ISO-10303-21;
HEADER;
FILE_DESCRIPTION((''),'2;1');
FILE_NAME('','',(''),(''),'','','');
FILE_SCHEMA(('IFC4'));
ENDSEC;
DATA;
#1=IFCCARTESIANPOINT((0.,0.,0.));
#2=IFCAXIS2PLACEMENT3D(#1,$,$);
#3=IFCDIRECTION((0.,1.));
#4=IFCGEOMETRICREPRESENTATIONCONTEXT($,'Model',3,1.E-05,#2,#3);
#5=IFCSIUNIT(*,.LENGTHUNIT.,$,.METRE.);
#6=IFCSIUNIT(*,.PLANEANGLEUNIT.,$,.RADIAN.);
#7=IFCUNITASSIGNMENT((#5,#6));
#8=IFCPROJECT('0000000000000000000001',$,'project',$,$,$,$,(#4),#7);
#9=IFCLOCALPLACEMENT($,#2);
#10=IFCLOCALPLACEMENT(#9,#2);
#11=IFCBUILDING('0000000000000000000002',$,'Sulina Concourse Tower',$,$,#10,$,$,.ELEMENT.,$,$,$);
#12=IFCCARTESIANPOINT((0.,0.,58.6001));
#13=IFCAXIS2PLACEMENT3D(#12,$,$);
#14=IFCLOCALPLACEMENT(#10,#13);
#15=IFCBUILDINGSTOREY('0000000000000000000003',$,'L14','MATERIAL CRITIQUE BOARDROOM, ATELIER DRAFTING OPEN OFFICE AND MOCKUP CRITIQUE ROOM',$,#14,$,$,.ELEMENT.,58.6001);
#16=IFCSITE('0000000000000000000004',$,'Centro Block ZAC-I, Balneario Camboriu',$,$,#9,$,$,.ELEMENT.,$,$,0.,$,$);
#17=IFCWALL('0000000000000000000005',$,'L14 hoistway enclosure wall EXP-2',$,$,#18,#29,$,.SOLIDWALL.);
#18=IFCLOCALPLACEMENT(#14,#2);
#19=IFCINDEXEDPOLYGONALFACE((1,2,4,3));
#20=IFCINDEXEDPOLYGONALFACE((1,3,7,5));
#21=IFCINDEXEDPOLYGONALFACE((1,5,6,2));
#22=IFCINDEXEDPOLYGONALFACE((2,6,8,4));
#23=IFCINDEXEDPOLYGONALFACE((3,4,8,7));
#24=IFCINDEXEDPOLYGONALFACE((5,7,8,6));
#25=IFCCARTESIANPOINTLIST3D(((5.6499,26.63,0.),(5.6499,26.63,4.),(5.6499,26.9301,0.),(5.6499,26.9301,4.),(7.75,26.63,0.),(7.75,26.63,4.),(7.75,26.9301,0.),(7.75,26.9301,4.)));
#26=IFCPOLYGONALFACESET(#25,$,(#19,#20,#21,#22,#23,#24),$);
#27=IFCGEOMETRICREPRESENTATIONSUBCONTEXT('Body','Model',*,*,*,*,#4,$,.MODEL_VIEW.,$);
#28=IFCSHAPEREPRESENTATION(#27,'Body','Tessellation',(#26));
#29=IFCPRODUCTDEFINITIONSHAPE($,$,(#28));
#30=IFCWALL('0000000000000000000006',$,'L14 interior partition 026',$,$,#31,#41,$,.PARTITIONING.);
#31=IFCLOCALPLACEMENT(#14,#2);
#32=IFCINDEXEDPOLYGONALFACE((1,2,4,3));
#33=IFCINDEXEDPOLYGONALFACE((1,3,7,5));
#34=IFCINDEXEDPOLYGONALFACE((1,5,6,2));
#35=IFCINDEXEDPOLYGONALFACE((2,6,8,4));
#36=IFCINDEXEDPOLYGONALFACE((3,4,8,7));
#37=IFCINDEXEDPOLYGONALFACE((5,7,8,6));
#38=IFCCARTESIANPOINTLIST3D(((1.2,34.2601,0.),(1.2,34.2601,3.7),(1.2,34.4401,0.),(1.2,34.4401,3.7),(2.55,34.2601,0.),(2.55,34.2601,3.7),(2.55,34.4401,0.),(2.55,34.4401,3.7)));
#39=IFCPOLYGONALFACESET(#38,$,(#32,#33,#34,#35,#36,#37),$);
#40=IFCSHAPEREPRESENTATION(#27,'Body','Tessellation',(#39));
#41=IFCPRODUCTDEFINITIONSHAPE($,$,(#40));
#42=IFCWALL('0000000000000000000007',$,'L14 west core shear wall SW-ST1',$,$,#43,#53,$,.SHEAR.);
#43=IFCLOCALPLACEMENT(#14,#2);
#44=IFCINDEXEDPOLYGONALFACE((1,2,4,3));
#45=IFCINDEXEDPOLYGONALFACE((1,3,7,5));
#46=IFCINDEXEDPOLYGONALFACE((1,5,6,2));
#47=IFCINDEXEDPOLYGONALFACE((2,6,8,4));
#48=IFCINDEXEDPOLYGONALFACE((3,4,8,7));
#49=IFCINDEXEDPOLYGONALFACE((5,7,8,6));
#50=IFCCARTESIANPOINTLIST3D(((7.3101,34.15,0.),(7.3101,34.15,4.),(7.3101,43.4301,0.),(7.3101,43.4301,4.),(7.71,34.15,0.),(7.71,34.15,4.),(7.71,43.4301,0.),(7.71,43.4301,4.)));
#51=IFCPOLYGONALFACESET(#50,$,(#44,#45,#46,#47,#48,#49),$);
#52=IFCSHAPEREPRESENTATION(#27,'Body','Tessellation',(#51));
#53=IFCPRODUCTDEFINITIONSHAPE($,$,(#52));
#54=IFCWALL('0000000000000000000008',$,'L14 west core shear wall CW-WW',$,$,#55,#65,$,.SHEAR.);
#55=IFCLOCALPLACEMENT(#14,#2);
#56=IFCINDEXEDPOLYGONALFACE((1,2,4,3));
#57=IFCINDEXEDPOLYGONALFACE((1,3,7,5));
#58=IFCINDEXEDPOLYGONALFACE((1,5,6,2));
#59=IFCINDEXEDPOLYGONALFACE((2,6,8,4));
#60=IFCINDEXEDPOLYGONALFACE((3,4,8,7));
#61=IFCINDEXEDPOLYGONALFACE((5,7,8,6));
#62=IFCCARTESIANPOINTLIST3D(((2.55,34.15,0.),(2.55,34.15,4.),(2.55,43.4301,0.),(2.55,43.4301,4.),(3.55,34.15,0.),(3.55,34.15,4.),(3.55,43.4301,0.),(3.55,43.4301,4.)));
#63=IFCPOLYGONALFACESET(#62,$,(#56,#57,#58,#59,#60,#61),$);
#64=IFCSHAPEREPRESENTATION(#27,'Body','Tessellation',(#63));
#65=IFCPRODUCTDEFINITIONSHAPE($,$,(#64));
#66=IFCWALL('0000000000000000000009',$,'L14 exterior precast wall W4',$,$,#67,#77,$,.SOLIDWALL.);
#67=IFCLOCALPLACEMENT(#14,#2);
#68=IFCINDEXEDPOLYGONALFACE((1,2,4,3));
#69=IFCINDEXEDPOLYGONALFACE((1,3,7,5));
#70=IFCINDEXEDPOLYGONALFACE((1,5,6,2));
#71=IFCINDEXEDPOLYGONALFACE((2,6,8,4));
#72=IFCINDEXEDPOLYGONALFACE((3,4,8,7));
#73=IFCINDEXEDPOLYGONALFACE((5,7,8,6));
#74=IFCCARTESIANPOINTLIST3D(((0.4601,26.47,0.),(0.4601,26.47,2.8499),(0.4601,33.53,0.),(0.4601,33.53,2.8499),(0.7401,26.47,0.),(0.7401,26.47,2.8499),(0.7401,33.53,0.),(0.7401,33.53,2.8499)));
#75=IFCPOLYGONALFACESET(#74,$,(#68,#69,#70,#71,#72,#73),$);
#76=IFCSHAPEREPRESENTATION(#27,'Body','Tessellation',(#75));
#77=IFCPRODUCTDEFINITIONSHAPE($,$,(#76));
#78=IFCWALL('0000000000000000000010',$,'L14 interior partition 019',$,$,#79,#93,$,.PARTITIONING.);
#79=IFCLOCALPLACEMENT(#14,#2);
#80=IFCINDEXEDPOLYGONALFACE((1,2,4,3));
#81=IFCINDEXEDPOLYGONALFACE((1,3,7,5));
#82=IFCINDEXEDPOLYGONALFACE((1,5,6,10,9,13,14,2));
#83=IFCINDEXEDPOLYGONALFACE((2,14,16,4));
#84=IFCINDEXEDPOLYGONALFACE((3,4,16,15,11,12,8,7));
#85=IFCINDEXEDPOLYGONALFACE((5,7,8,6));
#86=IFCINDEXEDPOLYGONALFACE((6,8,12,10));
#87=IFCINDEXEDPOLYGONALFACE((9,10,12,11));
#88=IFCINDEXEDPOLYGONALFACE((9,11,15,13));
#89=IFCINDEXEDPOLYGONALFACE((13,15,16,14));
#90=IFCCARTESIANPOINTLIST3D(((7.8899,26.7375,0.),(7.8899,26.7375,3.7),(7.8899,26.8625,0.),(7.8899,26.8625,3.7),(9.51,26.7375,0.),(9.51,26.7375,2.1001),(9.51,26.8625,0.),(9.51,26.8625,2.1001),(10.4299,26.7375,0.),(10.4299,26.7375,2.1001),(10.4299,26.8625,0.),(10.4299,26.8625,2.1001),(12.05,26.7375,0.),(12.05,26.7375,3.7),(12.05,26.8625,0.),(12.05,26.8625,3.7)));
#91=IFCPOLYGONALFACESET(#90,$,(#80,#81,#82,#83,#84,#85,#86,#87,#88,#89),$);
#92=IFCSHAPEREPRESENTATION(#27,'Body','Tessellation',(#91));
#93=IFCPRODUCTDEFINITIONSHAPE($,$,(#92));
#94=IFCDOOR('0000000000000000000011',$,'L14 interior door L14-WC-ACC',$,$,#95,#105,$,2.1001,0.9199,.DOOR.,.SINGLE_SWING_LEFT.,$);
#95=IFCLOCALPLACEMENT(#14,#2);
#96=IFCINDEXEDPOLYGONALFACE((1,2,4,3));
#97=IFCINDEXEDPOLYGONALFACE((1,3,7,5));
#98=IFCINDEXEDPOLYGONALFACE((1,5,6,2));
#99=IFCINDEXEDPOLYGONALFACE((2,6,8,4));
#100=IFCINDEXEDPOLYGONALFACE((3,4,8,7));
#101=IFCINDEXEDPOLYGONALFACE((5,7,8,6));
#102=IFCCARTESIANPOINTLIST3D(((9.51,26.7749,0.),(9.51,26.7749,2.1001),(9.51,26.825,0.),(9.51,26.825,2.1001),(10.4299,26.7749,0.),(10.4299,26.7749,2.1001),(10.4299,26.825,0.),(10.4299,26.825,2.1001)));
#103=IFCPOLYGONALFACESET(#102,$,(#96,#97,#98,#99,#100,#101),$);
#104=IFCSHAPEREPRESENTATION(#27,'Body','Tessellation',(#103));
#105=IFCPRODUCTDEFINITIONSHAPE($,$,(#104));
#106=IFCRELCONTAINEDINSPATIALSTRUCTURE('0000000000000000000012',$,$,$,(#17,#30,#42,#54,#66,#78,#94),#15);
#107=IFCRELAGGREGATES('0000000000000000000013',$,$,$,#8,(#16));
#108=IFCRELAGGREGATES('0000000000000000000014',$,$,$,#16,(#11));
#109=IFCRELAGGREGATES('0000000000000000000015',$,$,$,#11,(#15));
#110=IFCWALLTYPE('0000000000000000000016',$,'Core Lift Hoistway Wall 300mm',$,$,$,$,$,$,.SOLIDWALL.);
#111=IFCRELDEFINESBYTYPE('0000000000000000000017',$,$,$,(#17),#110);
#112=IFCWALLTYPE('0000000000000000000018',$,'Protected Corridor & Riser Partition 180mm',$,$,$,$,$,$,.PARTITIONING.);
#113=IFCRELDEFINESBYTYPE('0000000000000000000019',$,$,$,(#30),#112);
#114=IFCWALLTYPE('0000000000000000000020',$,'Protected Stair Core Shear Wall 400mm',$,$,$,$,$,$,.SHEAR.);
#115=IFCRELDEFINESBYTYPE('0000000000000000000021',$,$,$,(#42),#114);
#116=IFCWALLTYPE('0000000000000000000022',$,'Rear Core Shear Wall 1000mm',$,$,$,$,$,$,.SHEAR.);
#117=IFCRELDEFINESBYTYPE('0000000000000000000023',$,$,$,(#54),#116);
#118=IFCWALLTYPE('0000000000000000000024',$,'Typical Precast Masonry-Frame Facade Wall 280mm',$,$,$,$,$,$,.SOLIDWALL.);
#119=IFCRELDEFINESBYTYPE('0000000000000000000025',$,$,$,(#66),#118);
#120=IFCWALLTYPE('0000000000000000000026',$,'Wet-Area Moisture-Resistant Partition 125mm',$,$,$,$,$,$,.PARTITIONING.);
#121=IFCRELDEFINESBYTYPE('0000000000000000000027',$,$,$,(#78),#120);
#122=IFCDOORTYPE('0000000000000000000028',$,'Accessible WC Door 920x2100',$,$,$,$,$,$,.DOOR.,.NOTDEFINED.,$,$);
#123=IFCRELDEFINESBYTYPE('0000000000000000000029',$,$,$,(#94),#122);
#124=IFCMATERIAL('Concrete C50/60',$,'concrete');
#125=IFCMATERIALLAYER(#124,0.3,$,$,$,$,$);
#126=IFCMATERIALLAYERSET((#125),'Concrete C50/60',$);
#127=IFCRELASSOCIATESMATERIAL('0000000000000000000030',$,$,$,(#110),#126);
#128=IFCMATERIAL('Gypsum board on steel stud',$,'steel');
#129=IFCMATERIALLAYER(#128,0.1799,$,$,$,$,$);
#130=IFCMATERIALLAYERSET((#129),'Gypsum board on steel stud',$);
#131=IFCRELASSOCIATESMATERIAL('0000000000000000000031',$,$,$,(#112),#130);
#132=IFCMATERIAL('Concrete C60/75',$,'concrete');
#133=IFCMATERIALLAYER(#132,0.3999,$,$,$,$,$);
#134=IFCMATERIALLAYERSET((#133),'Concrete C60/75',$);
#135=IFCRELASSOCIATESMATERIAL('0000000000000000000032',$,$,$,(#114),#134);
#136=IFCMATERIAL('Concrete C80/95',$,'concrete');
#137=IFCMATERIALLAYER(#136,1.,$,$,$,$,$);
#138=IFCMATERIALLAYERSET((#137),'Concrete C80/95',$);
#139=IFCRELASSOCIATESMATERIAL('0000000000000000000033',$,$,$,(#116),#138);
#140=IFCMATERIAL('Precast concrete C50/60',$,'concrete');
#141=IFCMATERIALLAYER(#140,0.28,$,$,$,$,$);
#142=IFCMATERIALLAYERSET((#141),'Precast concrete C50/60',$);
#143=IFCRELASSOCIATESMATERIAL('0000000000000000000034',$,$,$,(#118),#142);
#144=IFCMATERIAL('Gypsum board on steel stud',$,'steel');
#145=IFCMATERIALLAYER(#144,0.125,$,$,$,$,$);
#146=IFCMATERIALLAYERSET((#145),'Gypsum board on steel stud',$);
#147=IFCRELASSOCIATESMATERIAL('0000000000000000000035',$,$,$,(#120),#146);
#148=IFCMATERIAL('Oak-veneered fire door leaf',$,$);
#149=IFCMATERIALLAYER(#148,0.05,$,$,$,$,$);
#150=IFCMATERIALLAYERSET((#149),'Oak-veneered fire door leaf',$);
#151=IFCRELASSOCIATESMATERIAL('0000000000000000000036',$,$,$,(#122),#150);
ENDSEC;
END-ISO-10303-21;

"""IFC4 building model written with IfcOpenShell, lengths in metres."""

from ifc_helpers import new_model, si_unit, direction, frame, frame_2d, origin, place, context, subcontext, project, spatial, rectangle, extrude, material, layer, layer_set, type_object, element, fill, save


model = new_model("IFC4")

# Units and contexts
model_context = context("Model", 3, precision=1e-05, world=origin(), true_north=direction((0.0, 1.0)))
body_context = subcontext(model_context, "Body", "Model", "MODEL_VIEW")
ifc_project = project(units=[si_unit("LENGTHUNIT", "METRE"), si_unit("PLANEANGLEUNIT", "RADIAN")], contexts=[model_context])

# Site, building, storey
site_placement = place(None, origin())
site = spatial("IfcSite", under=ifc_project, at=site_placement, Name="Centro Block ZAC-I, Balneario Camboriu", CompositionType="ELEMENT", RefElevation=0.0)
building_placement = place(site_placement, origin())
building = spatial("IfcBuilding", under=site, at=building_placement, Name="Sulina Concourse Tower", CompositionType="ELEMENT")
storey_placement = place(building_placement, frame((0.0, 0.0, 58.6001)))
storey = spatial("IfcBuildingStorey", under=building, at=storey_placement, Name="L14", Description="MATERIAL CRITIQUE BOARDROOM, ATELIER DRAFTING OPEN OFFICE AND MOCKUP CRITIQUE ROOM", CompositionType="ELEMENT", Elevation=58.6001)

# Walls
ifc_material_1 = material(Name="Concrete C50/60", Category="concrete")
ifc_layer_1 = layer(ifc_material_1, 0.3)
ifc_layer_set_1 = layer_set([ifc_layer_1], Name="Concrete C50/60")
wall_type_1 = type_object("IfcWallType", Name="Core Lift Hoistway Wall 300mm", PredefinedType="SOLIDWALL", material=ifc_layer_set_1)
wall_1_placement = place(storey_placement, frame((7.75, 26.78, 0.0), z_axis=(0.0, 0.0, 1.0), x_axis=(-1.0, 0.0, 0.0)))
element("IfcWall", 1, at=wall_1_placement, inside=storey, type_object=wall_type_1, Name="L14 hoistway enclosure wall EXP-2", PredefinedType="SOLIDWALL", context=body_context, shape_type="SweptSolid", body=[
    extrude(rectangle(XDim=2.1001, YDim=0.3, at=frame_2d((1.05, 0.0))), origin(), (0.0, 0.0, 1.0), 4.0),
])
ifc_material_2 = material(Name="Gypsum board on steel stud", Category="steel")
ifc_layer_2 = layer(ifc_material_2, 0.1799)
ifc_layer_set_2 = layer_set([ifc_layer_2], Name="Gypsum board on steel stud")
wall_type_2 = type_object("IfcWallType", Name="Protected Corridor & Riser Partition 180mm", PredefinedType="PARTITIONING", material=ifc_layer_set_2)
wall_2_placement = place(storey_placement, frame((1.2, 34.3501, 0.0), z_axis=(0.0, 0.0, 1.0), x_axis=(1.0, 0.0, 0.0)))
element("IfcWall", 2, at=wall_2_placement, inside=storey, type_object=wall_type_2, Name="L14 interior partition 026", PredefinedType="PARTITIONING", context=body_context, shape_type="SweptSolid", body=[
    extrude(rectangle(XDim=1.3501, YDim=0.1799, at=frame_2d((0.675, 0.0))), origin(), (0.0, 0.0, 1.0), 3.7),
])
ifc_material_3 = material(Name="Concrete C60/75", Category="concrete")
ifc_layer_3 = layer(ifc_material_3, 0.3999)
ifc_layer_set_3 = layer_set([ifc_layer_3], Name="Concrete C60/75")
wall_type_3 = type_object("IfcWallType", Name="Protected Stair Core Shear Wall 400mm", PredefinedType="SHEAR", material=ifc_layer_set_3)
wall_3_placement = place(storey_placement, frame((7.51, 34.1499, 0.0), z_axis=(0.0, 0.0, 1.0), x_axis=(0.0, 1.0, 0.0)))
element("IfcWall", 3, at=wall_3_placement, inside=storey, type_object=wall_type_3, Name="L14 west core shear wall SW-ST1", PredefinedType="SHEAR", context=body_context, shape_type="SweptSolid", body=[
    extrude(rectangle(XDim=9.28, YDim=0.3999, at=frame_2d((4.6401, 0.0))), origin(), (0.0, 0.0, 1.0), 4.0),
])
ifc_material_4 = material(Name="Concrete C80/95", Category="concrete")
ifc_layer_4 = layer(ifc_material_4, 1.0)
ifc_layer_set_4 = layer_set([ifc_layer_4], Name="Concrete C80/95")
wall_type_4 = type_object("IfcWallType", Name="Rear Core Shear Wall 1000mm", PredefinedType="SHEAR", material=ifc_layer_set_4)
wall_4_placement = place(storey_placement, frame((3.05, 34.1499, 0.0), z_axis=(0.0, 0.0, 1.0), x_axis=(0.0, 1.0, 0.0)))
element("IfcWall", 4, at=wall_4_placement, inside=storey, type_object=wall_type_4, Name="L14 west core shear wall CW-WW", PredefinedType="SHEAR", context=body_context, shape_type="SweptSolid", body=[
    extrude(rectangle(XDim=9.28, YDim=1.0, at=frame_2d((4.6401, 0.0))), origin(), (0.0, 0.0, 1.0), 4.0),
])
ifc_material_5 = material(Name="Precast concrete C50/60", Category="concrete")
ifc_layer_5 = layer(ifc_material_5, 0.28)
ifc_layer_set_5 = layer_set([ifc_layer_5], Name="Precast concrete C50/60")
wall_type_5 = type_object("IfcWallType", Name="Typical Precast Masonry-Frame Facade Wall 280mm", PredefinedType="SOLIDWALL", material=ifc_layer_set_5)
wall_5_placement = place(storey_placement, frame((0.6001, 26.47, 0.0), z_axis=(0.0, 0.0, 1.0), x_axis=(0.0, 1.0, 0.0)))
element("IfcWall", 5, at=wall_5_placement, inside=storey, type_object=wall_type_5, Name="L14 exterior precast wall W4", PredefinedType="SOLIDWALL", context=body_context, shape_type="SweptSolid", body=[
    extrude(rectangle(XDim=7.0601, YDim=0.28, at=frame_2d((3.53, 0.0))), origin(), (0.0, 0.0, 1.0), 2.8499),
])

# Wall, opening, door
ifc_material_6 = material(Name="Gypsum board on steel stud", Category="steel")
ifc_layer_6 = layer(ifc_material_6, 0.125)
ifc_layer_set_6 = layer_set([ifc_layer_6], Name="Gypsum board on steel stud")
wall_type_6 = type_object("IfcWallType", Name="Wet-Area Moisture-Resistant Partition 125mm", PredefinedType="PARTITIONING", material=ifc_layer_set_6)
wall_6_placement = place(storey_placement, frame((7.8899, 26.8, 0.0), z_axis=(0.0, 0.0, 1.0), x_axis=(1.0, 0.0, 0.0)))
wall_6 = element("IfcWall", 6, at=wall_6_placement, inside=storey, type_object=wall_type_6, Name="L14 interior partition 019", PredefinedType="PARTITIONING", context=body_context, shape_type="SweptSolid", body=[
    extrude(rectangle(XDim=4.1602, YDim=0.125, at=frame_2d((2.0801, 0.0))), origin(), (0.0, 0.0, 1.0), 3.7),
])
opening_placement = place(wall_6_placement, frame((1.6201, 0.0, 0.0)))
opening = element("IfcOpeningElement", 7, at=opening_placement, cuts=wall_6, PredefinedType="OPENING", context=body_context, shape_type="SweptSolid", body=[
    extrude(rectangle(XDim=0.9199, YDim=2.1001, at=frame_2d((0.46, 1.05))), frame((0.0, 0.0725, 0.0), z_axis=(0.0, -1.0, 0.0), x_axis=(1.0, 0.0, 0.0)), (0.0, 0.0, 1.0), 0.145),
])
ifc_material_7 = material(Name="Oak-veneered fire door leaf")
ifc_layer_7 = layer(ifc_material_7, 0.05)
ifc_layer_set_7 = layer_set([ifc_layer_7], Name="Oak-veneered fire door leaf")
door_type = type_object("IfcDoorType", Name="Accessible WC Door 920x2100", OperationType="NOTDEFINED", PredefinedType="DOOR", material=ifc_layer_set_7)
door_placement = place(opening_placement, origin())
door = element("IfcDoor", 8, at=door_placement, inside=storey, type_object=door_type, Name="L14 interior door L14-WC-ACC", OperationType="SINGLE_SWING_LEFT", OverallHeight=2.1001, OverallWidth=0.9199, PredefinedType="DOOR", context=body_context, shape_type="SweptSolid", body=[
    extrude(rectangle(XDim=0.9199, YDim=2.1001, at=frame_2d((0.46, 1.05))), frame((0.0, 0.0249, 0.0), z_axis=(0.0, -1.0, 0.0), x_axis=(1.0, 0.0, 0.0)), (0.0, 0.0, 1.0), 0.05),
])
fill(opening, door)

save(model, "model.ifc")
